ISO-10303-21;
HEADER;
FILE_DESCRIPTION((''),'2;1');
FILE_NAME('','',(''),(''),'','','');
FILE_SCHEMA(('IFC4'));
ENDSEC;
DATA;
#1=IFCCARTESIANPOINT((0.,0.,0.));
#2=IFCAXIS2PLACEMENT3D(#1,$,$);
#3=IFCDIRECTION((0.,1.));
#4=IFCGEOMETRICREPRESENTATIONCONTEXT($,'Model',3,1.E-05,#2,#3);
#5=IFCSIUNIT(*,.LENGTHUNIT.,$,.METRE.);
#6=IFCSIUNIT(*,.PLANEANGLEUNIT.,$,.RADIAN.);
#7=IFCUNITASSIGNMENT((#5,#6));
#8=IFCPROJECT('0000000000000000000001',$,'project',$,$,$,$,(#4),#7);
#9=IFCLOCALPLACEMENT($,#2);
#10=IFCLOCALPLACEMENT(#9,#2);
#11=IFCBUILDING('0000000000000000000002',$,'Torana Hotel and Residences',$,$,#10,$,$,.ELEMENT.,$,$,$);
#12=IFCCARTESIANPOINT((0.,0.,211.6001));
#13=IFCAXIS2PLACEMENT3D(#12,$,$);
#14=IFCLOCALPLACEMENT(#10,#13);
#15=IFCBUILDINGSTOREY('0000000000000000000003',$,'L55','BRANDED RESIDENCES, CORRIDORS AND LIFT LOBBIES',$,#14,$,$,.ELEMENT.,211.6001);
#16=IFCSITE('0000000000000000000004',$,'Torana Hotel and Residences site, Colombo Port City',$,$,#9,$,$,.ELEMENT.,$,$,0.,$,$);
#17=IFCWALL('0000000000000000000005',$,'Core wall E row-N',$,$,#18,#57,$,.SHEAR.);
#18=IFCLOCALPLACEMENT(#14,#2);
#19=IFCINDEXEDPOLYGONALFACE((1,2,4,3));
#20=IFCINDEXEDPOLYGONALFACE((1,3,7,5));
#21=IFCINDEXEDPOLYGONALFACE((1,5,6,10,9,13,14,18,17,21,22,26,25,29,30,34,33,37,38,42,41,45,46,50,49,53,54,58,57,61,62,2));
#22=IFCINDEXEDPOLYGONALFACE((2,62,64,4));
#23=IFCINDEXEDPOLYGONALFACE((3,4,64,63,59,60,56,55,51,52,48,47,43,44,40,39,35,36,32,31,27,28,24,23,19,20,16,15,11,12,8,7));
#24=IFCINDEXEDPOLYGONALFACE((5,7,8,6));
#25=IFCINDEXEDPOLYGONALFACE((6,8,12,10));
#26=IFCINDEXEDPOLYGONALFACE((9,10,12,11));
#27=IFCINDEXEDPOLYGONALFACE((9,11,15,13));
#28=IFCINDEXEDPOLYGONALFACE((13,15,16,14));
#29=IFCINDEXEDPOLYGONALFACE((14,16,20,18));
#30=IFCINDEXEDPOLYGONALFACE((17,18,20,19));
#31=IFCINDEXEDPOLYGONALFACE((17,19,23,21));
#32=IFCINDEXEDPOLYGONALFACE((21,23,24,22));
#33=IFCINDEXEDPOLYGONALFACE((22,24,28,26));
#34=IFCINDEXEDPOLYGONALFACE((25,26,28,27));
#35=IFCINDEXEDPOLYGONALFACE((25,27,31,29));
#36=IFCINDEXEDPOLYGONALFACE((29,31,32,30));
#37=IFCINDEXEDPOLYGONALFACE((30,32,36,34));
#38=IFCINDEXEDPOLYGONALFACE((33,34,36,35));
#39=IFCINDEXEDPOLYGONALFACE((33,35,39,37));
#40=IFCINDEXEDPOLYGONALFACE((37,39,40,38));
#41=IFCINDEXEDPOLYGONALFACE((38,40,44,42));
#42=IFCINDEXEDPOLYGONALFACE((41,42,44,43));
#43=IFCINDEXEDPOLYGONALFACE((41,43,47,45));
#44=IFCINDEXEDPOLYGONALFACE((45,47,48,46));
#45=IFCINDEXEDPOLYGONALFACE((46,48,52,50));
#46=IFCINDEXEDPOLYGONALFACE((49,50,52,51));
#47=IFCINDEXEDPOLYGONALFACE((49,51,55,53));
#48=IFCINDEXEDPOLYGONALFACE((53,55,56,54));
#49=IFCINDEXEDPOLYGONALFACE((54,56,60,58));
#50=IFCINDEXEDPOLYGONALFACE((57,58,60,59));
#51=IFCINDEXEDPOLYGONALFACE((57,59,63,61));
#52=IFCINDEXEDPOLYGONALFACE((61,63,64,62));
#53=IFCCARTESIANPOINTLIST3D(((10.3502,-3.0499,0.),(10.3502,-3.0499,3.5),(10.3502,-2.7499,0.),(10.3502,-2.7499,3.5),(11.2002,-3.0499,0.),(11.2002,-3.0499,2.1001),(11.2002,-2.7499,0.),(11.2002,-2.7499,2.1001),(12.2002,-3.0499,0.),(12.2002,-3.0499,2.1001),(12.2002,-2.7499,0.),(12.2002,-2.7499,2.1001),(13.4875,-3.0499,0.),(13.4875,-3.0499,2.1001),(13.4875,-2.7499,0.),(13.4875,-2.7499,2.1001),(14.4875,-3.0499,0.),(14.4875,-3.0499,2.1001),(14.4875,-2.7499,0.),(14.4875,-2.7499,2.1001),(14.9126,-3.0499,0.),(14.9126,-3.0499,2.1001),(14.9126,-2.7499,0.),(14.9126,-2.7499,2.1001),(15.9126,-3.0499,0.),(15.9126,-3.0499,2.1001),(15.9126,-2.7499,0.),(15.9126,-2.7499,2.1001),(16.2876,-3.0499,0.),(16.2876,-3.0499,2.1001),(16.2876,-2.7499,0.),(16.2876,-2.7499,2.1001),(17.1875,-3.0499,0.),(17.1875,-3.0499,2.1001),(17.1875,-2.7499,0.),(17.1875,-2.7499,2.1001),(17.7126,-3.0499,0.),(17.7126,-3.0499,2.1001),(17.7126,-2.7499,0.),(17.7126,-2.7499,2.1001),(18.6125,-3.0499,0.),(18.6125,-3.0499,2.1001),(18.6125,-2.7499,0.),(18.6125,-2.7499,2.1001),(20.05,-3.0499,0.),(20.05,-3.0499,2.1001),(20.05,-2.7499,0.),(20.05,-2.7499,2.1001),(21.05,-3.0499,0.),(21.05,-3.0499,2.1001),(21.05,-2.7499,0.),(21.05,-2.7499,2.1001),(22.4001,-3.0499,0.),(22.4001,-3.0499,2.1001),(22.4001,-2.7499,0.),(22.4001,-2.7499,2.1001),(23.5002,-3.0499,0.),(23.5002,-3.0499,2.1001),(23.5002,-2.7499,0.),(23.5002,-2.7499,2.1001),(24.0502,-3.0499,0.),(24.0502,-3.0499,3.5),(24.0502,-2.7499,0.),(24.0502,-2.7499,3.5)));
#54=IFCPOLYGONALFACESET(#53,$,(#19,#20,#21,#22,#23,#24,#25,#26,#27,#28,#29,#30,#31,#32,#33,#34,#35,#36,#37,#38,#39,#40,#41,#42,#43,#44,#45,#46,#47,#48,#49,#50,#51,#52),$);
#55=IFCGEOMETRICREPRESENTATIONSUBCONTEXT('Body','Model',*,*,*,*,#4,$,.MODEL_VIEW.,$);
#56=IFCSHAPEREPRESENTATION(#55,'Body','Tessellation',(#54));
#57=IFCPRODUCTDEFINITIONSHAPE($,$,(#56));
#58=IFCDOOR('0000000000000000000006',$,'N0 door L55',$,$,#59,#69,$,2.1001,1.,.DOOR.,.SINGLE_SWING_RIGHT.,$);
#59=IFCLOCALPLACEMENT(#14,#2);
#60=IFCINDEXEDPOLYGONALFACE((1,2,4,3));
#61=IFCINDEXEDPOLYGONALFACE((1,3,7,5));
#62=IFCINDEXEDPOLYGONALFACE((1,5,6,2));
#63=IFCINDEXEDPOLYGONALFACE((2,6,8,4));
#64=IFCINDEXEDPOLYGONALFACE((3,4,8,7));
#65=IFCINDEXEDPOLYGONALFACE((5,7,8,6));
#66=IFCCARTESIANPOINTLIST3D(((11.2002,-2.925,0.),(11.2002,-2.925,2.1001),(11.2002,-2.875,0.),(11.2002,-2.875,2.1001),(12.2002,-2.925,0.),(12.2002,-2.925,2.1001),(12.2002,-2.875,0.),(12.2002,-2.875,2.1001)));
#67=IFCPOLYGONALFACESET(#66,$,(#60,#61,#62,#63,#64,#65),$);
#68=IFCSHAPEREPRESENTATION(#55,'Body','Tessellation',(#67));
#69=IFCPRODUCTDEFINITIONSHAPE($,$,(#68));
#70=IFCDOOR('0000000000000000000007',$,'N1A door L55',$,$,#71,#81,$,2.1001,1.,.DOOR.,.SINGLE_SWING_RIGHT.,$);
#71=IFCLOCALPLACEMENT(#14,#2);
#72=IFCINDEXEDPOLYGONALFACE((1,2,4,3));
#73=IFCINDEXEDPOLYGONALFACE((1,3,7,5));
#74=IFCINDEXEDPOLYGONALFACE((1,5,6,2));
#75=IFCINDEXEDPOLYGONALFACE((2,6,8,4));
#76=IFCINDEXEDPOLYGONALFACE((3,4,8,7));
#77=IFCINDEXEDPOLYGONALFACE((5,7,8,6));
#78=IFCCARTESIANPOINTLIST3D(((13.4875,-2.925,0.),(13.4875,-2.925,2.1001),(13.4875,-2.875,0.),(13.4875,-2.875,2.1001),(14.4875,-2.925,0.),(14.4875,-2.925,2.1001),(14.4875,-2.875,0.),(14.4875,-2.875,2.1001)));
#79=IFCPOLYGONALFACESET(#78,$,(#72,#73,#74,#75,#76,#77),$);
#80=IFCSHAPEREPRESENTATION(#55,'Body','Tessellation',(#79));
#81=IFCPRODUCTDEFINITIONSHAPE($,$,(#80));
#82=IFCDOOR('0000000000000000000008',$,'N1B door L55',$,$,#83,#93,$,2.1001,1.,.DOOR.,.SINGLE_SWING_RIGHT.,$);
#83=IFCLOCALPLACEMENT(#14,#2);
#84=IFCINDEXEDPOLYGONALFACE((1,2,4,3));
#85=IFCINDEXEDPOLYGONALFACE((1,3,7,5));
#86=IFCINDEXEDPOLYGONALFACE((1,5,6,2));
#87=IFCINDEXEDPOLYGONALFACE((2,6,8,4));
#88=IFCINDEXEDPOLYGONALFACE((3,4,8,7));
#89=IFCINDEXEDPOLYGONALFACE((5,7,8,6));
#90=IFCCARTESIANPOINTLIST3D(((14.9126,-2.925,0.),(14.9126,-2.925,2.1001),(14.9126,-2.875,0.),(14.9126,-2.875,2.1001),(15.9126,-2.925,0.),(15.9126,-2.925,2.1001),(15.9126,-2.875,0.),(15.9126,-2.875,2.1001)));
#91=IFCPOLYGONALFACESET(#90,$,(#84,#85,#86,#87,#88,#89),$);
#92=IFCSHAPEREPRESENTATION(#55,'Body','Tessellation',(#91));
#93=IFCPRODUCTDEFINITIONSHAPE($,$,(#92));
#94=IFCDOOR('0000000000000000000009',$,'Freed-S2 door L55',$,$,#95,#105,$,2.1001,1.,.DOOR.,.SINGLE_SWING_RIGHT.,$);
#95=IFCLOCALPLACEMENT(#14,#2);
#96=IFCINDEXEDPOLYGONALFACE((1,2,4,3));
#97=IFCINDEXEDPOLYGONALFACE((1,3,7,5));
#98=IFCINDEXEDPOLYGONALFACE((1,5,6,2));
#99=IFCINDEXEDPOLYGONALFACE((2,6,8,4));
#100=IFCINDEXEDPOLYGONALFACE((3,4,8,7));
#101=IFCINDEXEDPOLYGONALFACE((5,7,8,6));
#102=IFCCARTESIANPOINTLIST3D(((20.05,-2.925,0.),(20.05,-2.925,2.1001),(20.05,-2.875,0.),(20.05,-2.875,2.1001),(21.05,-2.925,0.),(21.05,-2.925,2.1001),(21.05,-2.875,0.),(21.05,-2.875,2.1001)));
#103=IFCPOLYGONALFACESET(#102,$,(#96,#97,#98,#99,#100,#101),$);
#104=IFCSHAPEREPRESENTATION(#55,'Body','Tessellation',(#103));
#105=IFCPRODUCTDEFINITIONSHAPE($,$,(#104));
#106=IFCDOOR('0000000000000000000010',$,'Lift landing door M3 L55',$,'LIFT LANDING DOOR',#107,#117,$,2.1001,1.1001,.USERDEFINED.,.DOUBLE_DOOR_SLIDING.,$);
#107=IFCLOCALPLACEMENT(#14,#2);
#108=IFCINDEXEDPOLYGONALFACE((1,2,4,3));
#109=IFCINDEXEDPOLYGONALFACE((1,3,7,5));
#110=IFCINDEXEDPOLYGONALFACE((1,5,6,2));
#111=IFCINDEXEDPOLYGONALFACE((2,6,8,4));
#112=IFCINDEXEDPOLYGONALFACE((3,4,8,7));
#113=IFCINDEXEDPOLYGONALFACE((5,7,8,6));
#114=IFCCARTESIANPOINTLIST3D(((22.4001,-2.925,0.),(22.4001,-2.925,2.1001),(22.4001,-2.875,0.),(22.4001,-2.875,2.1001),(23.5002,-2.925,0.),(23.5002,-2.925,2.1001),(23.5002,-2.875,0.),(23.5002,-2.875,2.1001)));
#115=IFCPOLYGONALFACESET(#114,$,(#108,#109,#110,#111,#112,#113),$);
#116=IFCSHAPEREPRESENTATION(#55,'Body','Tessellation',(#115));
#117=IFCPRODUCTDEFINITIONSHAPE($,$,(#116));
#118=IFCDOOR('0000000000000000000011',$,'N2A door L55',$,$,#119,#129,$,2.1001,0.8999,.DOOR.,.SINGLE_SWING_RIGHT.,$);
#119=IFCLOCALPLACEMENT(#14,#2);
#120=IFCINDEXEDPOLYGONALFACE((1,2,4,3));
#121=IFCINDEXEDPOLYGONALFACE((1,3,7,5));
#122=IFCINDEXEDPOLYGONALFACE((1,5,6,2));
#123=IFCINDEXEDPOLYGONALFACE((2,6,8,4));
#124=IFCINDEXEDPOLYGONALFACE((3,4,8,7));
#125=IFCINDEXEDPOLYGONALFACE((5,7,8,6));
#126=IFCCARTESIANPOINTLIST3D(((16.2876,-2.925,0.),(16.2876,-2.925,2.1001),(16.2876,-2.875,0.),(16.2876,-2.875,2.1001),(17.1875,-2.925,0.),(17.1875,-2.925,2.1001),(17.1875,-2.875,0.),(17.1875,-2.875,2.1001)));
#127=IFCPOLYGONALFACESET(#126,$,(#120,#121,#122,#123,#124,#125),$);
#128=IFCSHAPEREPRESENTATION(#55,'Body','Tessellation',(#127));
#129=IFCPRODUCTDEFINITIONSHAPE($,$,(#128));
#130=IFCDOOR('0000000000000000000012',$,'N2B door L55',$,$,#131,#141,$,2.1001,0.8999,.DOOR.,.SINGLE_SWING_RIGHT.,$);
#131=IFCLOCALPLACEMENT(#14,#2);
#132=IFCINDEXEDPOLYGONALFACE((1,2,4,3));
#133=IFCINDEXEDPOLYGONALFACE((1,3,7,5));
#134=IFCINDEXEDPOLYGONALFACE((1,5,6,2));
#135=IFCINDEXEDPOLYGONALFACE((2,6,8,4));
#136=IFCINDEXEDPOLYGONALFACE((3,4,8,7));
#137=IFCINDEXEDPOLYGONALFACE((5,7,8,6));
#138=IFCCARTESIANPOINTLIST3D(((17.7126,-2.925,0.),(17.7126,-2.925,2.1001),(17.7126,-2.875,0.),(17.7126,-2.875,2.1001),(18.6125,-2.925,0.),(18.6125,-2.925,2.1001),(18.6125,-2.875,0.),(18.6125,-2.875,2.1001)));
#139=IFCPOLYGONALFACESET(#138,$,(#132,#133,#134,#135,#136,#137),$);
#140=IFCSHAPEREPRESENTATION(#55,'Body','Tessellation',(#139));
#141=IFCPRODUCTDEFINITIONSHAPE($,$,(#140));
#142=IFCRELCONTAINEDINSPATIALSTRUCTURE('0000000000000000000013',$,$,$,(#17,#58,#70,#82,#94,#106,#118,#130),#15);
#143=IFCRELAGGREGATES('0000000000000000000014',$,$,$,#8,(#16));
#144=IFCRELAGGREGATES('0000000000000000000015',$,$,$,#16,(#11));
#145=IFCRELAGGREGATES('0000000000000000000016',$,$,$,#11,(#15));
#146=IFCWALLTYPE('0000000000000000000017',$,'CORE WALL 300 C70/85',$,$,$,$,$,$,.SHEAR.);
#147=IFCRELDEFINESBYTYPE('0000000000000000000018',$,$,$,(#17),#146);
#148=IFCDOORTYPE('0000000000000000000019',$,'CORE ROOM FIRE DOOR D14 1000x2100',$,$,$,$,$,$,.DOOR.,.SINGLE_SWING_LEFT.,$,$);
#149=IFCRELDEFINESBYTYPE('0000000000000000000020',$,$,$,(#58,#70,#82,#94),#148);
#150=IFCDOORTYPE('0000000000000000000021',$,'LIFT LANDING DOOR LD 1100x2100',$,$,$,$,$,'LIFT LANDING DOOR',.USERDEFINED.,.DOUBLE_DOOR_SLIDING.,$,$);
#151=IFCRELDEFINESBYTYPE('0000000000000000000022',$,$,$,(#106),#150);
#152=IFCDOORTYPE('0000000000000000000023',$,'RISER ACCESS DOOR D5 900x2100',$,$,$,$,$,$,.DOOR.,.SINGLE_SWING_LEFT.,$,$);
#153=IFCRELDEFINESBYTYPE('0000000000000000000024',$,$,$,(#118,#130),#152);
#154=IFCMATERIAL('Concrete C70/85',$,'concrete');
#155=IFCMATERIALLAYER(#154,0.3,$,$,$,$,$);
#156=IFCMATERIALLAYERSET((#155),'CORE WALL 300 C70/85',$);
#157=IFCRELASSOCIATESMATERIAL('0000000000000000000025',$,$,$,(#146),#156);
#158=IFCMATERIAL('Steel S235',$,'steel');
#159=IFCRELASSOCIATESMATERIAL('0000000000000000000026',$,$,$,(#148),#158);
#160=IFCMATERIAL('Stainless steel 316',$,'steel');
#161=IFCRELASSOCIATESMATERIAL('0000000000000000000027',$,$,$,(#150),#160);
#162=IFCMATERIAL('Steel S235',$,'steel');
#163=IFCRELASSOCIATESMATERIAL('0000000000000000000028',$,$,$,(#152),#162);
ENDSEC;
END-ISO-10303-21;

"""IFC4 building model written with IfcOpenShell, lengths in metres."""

from ifc_helpers import new_model, si_unit, direction, frame, frame_2d, origin, place, context, subcontext, project, spatial, rectangle, extrude, material, layer, layer_set, type_object, element, fill, save


model = new_model("IFC4")

# Units and contexts
model_context = context("Model", 3, precision=1e-05, world=origin(), true_north=direction((0.0, 1.0)))
body_context = subcontext(model_context, "Body", "Model", "MODEL_VIEW")
ifc_project = project(units=[si_unit("LENGTHUNIT", "METRE"), si_unit("PLANEANGLEUNIT", "RADIAN")], contexts=[model_context])

# Site, building, storey
site_placement = place(None, origin())
site = spatial("IfcSite", under=ifc_project, at=site_placement, Name="Torana Hotel and Residences site, Colombo Port City", CompositionType="ELEMENT", RefElevation=0.0)
building_placement = place(site_placement, origin())
building = spatial("IfcBuilding", under=site, at=building_placement, Name="Torana Hotel and Residences", CompositionType="ELEMENT")
storey_placement = place(building_placement, frame((0.0, 0.0, 211.6001)))
storey = spatial("IfcBuildingStorey", under=building, at=storey_placement, Name="L55", Description="BRANDED RESIDENCES, CORRIDORS AND LIFT LOBBIES", CompositionType="ELEMENT", Elevation=211.6001)

# Wall, openings, doors
ifc_material_1 = material(Name="Concrete C70/85", Category="concrete")
ifc_layer_1 = layer(ifc_material_1, 0.3)
ifc_layer_set_1 = layer_set([ifc_layer_1], Name="CORE WALL 300 C70/85")
wall_type_1 = type_object("IfcWallType", Name="CORE WALL 300 C70/85", PredefinedType="SHEAR", material=ifc_layer_set_1)
wall_1_placement = place(storey_placement, frame((10.3501, -2.8999, 0.0), z_axis=(0.0, 0.0, 1.0), x_axis=(1.0, 0.0, 0.0)))
wall_1 = element("IfcWall", 1, at=wall_1_placement, inside=storey, type_object=wall_type_1, Name="Core wall E row-N", PredefinedType="SHEAR", context=body_context, shape_type="SweptSolid", body=[
    extrude(rectangle(XDim=13.7, YDim=0.3, at=frame_2d((6.8501, 0.0))), origin(), (0.0, 0.0, 1.0), 3.5),
])
opening_1_placement = place(wall_1_placement, frame((12.05, 0.0, 0.0)))
opening_1 = element("IfcOpeningElement", 2, at=opening_1_placement, cuts=wall_1, PredefinedType="OPENING", context=body_context, shape_type="SweptSolid", body=[
    extrude(rectangle(XDim=1.1001, YDim=2.1001, at=frame_2d((0.55, 1.05))), frame((0.0, 0.1599, 0.0), z_axis=(0.0, -1.0, 0.0), x_axis=(1.0, 0.0, 0.0)), (0.0, 0.0, 1.0), 0.3201),
])
opening_2_placement = place(wall_1_placement, frame((5.9375, 0.0, 0.0)))
opening_2 = element("IfcOpeningElement", 3, at=opening_2_placement, cuts=wall_1, PredefinedType="OPENING", context=body_context, shape_type="SweptSolid", body=[
    extrude(rectangle(XDim=0.8999, YDim=2.1001, at=frame_2d((0.45, 1.05))), frame((0.0, 0.1599, 0.0), z_axis=(0.0, -1.0, 0.0), x_axis=(1.0, 0.0, 0.0)), (0.0, 0.0, 1.0), 0.3201),
])
opening_3_placement = place(wall_1_placement, frame((7.3625, 0.0, 0.0)))
opening_3 = element("IfcOpeningElement", 4, at=opening_3_placement, cuts=wall_1, PredefinedType="OPENING", context=body_context, shape_type="SweptSolid", body=[
    extrude(rectangle(XDim=0.8999, YDim=2.1001, at=frame_2d((0.45, 1.05))), frame((0.0, 0.1599, 0.0), z_axis=(0.0, -1.0, 0.0), x_axis=(1.0, 0.0, 0.0)), (0.0, 0.0, 1.0), 0.3201),
])
opening_4_placement = place(wall_1_placement, frame((0.8501, 0.0, 0.0)))
opening_4 = element("IfcOpeningElement", 5, at=opening_4_placement, cuts=wall_1, PredefinedType="OPENING", context=body_context, shape_type="SweptSolid", body=[
    extrude(rectangle(XDim=1.0, YDim=2.1001, at=frame_2d((0.5, 1.05))), frame((0.0, 0.1599, 0.0), z_axis=(0.0, -1.0, 0.0), x_axis=(1.0, 0.0, 0.0)), (0.0, 0.0, 1.0), 0.3201),
])
opening_5_placement = place(wall_1_placement, frame((3.1375, 0.0, 0.0)))
opening_5 = element("IfcOpeningElement", 6, at=opening_5_placement, cuts=wall_1, PredefinedType="OPENING", context=body_context, shape_type="SweptSolid", body=[
    extrude(rectangle(XDim=1.0, YDim=2.1001, at=frame_2d((0.5, 1.05))), frame((0.0, 0.1599, 0.0), z_axis=(0.0, -1.0, 0.0), x_axis=(1.0, 0.0, 0.0)), (0.0, 0.0, 1.0), 0.3201),
])
opening_6_placement = place(wall_1_placement, frame((4.5625, 0.0, 0.0)))
opening_6 = element("IfcOpeningElement", 7, at=opening_6_placement, cuts=wall_1, PredefinedType="OPENING", context=body_context, shape_type="SweptSolid", body=[
    extrude(rectangle(XDim=1.0, YDim=2.1001, at=frame_2d((0.5, 1.05))), frame((0.0, 0.1599, 0.0), z_axis=(0.0, -1.0, 0.0), x_axis=(1.0, 0.0, 0.0)), (0.0, 0.0, 1.0), 0.3201),
])
opening_7_placement = place(wall_1_placement, frame((9.7, 0.0, 0.0)))
opening_7 = element("IfcOpeningElement", 8, at=opening_7_placement, cuts=wall_1, PredefinedType="OPENING", context=body_context, shape_type="SweptSolid", body=[
    extrude(rectangle(XDim=1.0, YDim=2.1001, at=frame_2d((0.5, 1.05))), frame((0.0, 0.1599, 0.0), z_axis=(0.0, -1.0, 0.0), x_axis=(1.0, 0.0, 0.0)), (0.0, 0.0, 1.0), 0.3201),
])
ifc_material_2 = material(Name="Steel S235", Category="steel")
door_type_1 = type_object("IfcDoorType", Name="CORE ROOM FIRE DOOR D14 1000x2100", OperationType="SINGLE_SWING_LEFT", PredefinedType="DOOR", material=ifc_material_2)
door_1_placement = place(opening_4_placement, origin())
door_1 = element("IfcDoor", 9, at=door_1_placement, inside=storey, type_object=door_type_1, Name="N0 door L55", OperationType="SINGLE_SWING_RIGHT", OverallHeight=2.1001, OverallWidth=1.0, PredefinedType="DOOR", context=body_context, shape_type="SweptSolid", body=[
    extrude(rectangle(XDim=1.0, YDim=2.1001, at=frame_2d((0.5, 1.05))), frame((0.0, 0.0249, 0.0), z_axis=(0.0, -1.0, 0.0), x_axis=(1.0, 0.0, 0.0)), (0.0, 0.0, 1.0), 0.05),
])
fill(opening_4, door_1)
door_2_placement = place(opening_5_placement, origin())
door_2 = element("IfcDoor", 10, at=door_2_placement, inside=storey, type_object=door_type_1, Name="N1A door L55", OperationType="SINGLE_SWING_RIGHT", OverallHeight=2.1001, OverallWidth=1.0, PredefinedType="DOOR", context=body_context, shape_type="SweptSolid", body=[
    extrude(rectangle(XDim=1.0, YDim=2.1001, at=frame_2d((0.5, 1.05))), frame((0.0, 0.0249, 0.0), z_axis=(0.0, -1.0, 0.0), x_axis=(1.0, 0.0, 0.0)), (0.0, 0.0, 1.0), 0.05),
])
fill(opening_5, door_2)
door_3_placement = place(opening_6_placement, origin())
door_3 = element("IfcDoor", 11, at=door_3_placement, inside=storey, type_object=door_type_1, Name="N1B door L55", OperationType="SINGLE_SWING_RIGHT", OverallHeight=2.1001, OverallWidth=1.0, PredefinedType="DOOR", context=body_context, shape_type="SweptSolid", body=[
    extrude(rectangle(XDim=1.0, YDim=2.1001, at=frame_2d((0.5, 1.05))), frame((0.0, 0.0249, 0.0), z_axis=(0.0, -1.0, 0.0), x_axis=(1.0, 0.0, 0.0)), (0.0, 0.0, 1.0), 0.05),
])
fill(opening_6, door_3)
door_4_placement = place(opening_7_placement, origin())
door_4 = element("IfcDoor", 12, at=door_4_placement, inside=storey, type_object=door_type_1, Name="Freed-S2 door L55", OperationType="SINGLE_SWING_RIGHT", OverallHeight=2.1001, OverallWidth=1.0, PredefinedType="DOOR", context=body_context, shape_type="SweptSolid", body=[
    extrude(rectangle(XDim=1.0, YDim=2.1001, at=frame_2d((0.5, 1.05))), frame((0.0, 0.0249, 0.0), z_axis=(0.0, -1.0, 0.0), x_axis=(1.0, 0.0, 0.0)), (0.0, 0.0, 1.0), 0.05),
])
fill(opening_7, door_4)
ifc_material_3 = material(Name="Stainless steel 316", Category="steel")
door_type_2 = type_object("IfcDoorType", Name="LIFT LANDING DOOR LD 1100x2100", ElementType="LIFT LANDING DOOR", OperationType="DOUBLE_DOOR_SLIDING", PredefinedType="USERDEFINED", material=ifc_material_3)
door_5_placement = place(opening_1_placement, origin())
door_5 = element("IfcDoor", 13, at=door_5_placement, inside=storey, type_object=door_type_2, Name="Lift landing door M3 L55", ObjectType="LIFT LANDING DOOR", OperationType="DOUBLE_DOOR_SLIDING", OverallHeight=2.1001, OverallWidth=1.1001, PredefinedType="USERDEFINED", context=body_context, shape_type="SweptSolid", body=[
    extrude(rectangle(XDim=1.1001, YDim=2.1001, at=frame_2d((0.55, 1.05))), frame((0.0, 0.0249, 0.0), z_axis=(0.0, -1.0, 0.0), x_axis=(1.0, 0.0, 0.0)), (0.0, 0.0, 1.0), 0.05),
])
fill(opening_1, door_5)
ifc_material_4 = material(Name="Steel S235", Category="steel")
door_type_3 = type_object("IfcDoorType", Name="RISER ACCESS DOOR D5 900x2100", OperationType="SINGLE_SWING_LEFT", PredefinedType="DOOR", material=ifc_material_4)
door_6_placement = place(opening_2_placement, origin())
door_6 = element("IfcDoor", 14, at=door_6_placement, inside=storey, type_object=door_type_3, Name="N2A door L55", OperationType="SINGLE_SWING_RIGHT", OverallHeight=2.1001, OverallWidth=0.8999, PredefinedType="DOOR", context=body_context, shape_type="SweptSolid", body=[
    extrude(rectangle(XDim=0.8999, YDim=2.1001, at=frame_2d((0.45, 1.05))), frame((0.0, 0.0249, 0.0), z_axis=(0.0, -1.0, 0.0), x_axis=(1.0, 0.0, 0.0)), (0.0, 0.0, 1.0), 0.05),
])
fill(opening_2, door_6)
door_7_placement = place(opening_3_placement, origin())
door_7 = element("IfcDoor", 15, at=door_7_placement, inside=storey, type_object=door_type_3, Name="N2B door L55", OperationType="SINGLE_SWING_RIGHT", OverallHeight=2.1001, OverallWidth=0.8999, PredefinedType="DOOR", context=body_context, shape_type="SweptSolid", body=[
    extrude(rectangle(XDim=0.8999, YDim=2.1001, at=frame_2d((0.45, 1.05))), frame((0.0, 0.0249, 0.0), z_axis=(0.0, -1.0, 0.0), x_axis=(1.0, 0.0, 0.0)), (0.0, 0.0, 1.0), 0.05),
])
fill(opening_3, door_7)

save(model, "model.ifc")
